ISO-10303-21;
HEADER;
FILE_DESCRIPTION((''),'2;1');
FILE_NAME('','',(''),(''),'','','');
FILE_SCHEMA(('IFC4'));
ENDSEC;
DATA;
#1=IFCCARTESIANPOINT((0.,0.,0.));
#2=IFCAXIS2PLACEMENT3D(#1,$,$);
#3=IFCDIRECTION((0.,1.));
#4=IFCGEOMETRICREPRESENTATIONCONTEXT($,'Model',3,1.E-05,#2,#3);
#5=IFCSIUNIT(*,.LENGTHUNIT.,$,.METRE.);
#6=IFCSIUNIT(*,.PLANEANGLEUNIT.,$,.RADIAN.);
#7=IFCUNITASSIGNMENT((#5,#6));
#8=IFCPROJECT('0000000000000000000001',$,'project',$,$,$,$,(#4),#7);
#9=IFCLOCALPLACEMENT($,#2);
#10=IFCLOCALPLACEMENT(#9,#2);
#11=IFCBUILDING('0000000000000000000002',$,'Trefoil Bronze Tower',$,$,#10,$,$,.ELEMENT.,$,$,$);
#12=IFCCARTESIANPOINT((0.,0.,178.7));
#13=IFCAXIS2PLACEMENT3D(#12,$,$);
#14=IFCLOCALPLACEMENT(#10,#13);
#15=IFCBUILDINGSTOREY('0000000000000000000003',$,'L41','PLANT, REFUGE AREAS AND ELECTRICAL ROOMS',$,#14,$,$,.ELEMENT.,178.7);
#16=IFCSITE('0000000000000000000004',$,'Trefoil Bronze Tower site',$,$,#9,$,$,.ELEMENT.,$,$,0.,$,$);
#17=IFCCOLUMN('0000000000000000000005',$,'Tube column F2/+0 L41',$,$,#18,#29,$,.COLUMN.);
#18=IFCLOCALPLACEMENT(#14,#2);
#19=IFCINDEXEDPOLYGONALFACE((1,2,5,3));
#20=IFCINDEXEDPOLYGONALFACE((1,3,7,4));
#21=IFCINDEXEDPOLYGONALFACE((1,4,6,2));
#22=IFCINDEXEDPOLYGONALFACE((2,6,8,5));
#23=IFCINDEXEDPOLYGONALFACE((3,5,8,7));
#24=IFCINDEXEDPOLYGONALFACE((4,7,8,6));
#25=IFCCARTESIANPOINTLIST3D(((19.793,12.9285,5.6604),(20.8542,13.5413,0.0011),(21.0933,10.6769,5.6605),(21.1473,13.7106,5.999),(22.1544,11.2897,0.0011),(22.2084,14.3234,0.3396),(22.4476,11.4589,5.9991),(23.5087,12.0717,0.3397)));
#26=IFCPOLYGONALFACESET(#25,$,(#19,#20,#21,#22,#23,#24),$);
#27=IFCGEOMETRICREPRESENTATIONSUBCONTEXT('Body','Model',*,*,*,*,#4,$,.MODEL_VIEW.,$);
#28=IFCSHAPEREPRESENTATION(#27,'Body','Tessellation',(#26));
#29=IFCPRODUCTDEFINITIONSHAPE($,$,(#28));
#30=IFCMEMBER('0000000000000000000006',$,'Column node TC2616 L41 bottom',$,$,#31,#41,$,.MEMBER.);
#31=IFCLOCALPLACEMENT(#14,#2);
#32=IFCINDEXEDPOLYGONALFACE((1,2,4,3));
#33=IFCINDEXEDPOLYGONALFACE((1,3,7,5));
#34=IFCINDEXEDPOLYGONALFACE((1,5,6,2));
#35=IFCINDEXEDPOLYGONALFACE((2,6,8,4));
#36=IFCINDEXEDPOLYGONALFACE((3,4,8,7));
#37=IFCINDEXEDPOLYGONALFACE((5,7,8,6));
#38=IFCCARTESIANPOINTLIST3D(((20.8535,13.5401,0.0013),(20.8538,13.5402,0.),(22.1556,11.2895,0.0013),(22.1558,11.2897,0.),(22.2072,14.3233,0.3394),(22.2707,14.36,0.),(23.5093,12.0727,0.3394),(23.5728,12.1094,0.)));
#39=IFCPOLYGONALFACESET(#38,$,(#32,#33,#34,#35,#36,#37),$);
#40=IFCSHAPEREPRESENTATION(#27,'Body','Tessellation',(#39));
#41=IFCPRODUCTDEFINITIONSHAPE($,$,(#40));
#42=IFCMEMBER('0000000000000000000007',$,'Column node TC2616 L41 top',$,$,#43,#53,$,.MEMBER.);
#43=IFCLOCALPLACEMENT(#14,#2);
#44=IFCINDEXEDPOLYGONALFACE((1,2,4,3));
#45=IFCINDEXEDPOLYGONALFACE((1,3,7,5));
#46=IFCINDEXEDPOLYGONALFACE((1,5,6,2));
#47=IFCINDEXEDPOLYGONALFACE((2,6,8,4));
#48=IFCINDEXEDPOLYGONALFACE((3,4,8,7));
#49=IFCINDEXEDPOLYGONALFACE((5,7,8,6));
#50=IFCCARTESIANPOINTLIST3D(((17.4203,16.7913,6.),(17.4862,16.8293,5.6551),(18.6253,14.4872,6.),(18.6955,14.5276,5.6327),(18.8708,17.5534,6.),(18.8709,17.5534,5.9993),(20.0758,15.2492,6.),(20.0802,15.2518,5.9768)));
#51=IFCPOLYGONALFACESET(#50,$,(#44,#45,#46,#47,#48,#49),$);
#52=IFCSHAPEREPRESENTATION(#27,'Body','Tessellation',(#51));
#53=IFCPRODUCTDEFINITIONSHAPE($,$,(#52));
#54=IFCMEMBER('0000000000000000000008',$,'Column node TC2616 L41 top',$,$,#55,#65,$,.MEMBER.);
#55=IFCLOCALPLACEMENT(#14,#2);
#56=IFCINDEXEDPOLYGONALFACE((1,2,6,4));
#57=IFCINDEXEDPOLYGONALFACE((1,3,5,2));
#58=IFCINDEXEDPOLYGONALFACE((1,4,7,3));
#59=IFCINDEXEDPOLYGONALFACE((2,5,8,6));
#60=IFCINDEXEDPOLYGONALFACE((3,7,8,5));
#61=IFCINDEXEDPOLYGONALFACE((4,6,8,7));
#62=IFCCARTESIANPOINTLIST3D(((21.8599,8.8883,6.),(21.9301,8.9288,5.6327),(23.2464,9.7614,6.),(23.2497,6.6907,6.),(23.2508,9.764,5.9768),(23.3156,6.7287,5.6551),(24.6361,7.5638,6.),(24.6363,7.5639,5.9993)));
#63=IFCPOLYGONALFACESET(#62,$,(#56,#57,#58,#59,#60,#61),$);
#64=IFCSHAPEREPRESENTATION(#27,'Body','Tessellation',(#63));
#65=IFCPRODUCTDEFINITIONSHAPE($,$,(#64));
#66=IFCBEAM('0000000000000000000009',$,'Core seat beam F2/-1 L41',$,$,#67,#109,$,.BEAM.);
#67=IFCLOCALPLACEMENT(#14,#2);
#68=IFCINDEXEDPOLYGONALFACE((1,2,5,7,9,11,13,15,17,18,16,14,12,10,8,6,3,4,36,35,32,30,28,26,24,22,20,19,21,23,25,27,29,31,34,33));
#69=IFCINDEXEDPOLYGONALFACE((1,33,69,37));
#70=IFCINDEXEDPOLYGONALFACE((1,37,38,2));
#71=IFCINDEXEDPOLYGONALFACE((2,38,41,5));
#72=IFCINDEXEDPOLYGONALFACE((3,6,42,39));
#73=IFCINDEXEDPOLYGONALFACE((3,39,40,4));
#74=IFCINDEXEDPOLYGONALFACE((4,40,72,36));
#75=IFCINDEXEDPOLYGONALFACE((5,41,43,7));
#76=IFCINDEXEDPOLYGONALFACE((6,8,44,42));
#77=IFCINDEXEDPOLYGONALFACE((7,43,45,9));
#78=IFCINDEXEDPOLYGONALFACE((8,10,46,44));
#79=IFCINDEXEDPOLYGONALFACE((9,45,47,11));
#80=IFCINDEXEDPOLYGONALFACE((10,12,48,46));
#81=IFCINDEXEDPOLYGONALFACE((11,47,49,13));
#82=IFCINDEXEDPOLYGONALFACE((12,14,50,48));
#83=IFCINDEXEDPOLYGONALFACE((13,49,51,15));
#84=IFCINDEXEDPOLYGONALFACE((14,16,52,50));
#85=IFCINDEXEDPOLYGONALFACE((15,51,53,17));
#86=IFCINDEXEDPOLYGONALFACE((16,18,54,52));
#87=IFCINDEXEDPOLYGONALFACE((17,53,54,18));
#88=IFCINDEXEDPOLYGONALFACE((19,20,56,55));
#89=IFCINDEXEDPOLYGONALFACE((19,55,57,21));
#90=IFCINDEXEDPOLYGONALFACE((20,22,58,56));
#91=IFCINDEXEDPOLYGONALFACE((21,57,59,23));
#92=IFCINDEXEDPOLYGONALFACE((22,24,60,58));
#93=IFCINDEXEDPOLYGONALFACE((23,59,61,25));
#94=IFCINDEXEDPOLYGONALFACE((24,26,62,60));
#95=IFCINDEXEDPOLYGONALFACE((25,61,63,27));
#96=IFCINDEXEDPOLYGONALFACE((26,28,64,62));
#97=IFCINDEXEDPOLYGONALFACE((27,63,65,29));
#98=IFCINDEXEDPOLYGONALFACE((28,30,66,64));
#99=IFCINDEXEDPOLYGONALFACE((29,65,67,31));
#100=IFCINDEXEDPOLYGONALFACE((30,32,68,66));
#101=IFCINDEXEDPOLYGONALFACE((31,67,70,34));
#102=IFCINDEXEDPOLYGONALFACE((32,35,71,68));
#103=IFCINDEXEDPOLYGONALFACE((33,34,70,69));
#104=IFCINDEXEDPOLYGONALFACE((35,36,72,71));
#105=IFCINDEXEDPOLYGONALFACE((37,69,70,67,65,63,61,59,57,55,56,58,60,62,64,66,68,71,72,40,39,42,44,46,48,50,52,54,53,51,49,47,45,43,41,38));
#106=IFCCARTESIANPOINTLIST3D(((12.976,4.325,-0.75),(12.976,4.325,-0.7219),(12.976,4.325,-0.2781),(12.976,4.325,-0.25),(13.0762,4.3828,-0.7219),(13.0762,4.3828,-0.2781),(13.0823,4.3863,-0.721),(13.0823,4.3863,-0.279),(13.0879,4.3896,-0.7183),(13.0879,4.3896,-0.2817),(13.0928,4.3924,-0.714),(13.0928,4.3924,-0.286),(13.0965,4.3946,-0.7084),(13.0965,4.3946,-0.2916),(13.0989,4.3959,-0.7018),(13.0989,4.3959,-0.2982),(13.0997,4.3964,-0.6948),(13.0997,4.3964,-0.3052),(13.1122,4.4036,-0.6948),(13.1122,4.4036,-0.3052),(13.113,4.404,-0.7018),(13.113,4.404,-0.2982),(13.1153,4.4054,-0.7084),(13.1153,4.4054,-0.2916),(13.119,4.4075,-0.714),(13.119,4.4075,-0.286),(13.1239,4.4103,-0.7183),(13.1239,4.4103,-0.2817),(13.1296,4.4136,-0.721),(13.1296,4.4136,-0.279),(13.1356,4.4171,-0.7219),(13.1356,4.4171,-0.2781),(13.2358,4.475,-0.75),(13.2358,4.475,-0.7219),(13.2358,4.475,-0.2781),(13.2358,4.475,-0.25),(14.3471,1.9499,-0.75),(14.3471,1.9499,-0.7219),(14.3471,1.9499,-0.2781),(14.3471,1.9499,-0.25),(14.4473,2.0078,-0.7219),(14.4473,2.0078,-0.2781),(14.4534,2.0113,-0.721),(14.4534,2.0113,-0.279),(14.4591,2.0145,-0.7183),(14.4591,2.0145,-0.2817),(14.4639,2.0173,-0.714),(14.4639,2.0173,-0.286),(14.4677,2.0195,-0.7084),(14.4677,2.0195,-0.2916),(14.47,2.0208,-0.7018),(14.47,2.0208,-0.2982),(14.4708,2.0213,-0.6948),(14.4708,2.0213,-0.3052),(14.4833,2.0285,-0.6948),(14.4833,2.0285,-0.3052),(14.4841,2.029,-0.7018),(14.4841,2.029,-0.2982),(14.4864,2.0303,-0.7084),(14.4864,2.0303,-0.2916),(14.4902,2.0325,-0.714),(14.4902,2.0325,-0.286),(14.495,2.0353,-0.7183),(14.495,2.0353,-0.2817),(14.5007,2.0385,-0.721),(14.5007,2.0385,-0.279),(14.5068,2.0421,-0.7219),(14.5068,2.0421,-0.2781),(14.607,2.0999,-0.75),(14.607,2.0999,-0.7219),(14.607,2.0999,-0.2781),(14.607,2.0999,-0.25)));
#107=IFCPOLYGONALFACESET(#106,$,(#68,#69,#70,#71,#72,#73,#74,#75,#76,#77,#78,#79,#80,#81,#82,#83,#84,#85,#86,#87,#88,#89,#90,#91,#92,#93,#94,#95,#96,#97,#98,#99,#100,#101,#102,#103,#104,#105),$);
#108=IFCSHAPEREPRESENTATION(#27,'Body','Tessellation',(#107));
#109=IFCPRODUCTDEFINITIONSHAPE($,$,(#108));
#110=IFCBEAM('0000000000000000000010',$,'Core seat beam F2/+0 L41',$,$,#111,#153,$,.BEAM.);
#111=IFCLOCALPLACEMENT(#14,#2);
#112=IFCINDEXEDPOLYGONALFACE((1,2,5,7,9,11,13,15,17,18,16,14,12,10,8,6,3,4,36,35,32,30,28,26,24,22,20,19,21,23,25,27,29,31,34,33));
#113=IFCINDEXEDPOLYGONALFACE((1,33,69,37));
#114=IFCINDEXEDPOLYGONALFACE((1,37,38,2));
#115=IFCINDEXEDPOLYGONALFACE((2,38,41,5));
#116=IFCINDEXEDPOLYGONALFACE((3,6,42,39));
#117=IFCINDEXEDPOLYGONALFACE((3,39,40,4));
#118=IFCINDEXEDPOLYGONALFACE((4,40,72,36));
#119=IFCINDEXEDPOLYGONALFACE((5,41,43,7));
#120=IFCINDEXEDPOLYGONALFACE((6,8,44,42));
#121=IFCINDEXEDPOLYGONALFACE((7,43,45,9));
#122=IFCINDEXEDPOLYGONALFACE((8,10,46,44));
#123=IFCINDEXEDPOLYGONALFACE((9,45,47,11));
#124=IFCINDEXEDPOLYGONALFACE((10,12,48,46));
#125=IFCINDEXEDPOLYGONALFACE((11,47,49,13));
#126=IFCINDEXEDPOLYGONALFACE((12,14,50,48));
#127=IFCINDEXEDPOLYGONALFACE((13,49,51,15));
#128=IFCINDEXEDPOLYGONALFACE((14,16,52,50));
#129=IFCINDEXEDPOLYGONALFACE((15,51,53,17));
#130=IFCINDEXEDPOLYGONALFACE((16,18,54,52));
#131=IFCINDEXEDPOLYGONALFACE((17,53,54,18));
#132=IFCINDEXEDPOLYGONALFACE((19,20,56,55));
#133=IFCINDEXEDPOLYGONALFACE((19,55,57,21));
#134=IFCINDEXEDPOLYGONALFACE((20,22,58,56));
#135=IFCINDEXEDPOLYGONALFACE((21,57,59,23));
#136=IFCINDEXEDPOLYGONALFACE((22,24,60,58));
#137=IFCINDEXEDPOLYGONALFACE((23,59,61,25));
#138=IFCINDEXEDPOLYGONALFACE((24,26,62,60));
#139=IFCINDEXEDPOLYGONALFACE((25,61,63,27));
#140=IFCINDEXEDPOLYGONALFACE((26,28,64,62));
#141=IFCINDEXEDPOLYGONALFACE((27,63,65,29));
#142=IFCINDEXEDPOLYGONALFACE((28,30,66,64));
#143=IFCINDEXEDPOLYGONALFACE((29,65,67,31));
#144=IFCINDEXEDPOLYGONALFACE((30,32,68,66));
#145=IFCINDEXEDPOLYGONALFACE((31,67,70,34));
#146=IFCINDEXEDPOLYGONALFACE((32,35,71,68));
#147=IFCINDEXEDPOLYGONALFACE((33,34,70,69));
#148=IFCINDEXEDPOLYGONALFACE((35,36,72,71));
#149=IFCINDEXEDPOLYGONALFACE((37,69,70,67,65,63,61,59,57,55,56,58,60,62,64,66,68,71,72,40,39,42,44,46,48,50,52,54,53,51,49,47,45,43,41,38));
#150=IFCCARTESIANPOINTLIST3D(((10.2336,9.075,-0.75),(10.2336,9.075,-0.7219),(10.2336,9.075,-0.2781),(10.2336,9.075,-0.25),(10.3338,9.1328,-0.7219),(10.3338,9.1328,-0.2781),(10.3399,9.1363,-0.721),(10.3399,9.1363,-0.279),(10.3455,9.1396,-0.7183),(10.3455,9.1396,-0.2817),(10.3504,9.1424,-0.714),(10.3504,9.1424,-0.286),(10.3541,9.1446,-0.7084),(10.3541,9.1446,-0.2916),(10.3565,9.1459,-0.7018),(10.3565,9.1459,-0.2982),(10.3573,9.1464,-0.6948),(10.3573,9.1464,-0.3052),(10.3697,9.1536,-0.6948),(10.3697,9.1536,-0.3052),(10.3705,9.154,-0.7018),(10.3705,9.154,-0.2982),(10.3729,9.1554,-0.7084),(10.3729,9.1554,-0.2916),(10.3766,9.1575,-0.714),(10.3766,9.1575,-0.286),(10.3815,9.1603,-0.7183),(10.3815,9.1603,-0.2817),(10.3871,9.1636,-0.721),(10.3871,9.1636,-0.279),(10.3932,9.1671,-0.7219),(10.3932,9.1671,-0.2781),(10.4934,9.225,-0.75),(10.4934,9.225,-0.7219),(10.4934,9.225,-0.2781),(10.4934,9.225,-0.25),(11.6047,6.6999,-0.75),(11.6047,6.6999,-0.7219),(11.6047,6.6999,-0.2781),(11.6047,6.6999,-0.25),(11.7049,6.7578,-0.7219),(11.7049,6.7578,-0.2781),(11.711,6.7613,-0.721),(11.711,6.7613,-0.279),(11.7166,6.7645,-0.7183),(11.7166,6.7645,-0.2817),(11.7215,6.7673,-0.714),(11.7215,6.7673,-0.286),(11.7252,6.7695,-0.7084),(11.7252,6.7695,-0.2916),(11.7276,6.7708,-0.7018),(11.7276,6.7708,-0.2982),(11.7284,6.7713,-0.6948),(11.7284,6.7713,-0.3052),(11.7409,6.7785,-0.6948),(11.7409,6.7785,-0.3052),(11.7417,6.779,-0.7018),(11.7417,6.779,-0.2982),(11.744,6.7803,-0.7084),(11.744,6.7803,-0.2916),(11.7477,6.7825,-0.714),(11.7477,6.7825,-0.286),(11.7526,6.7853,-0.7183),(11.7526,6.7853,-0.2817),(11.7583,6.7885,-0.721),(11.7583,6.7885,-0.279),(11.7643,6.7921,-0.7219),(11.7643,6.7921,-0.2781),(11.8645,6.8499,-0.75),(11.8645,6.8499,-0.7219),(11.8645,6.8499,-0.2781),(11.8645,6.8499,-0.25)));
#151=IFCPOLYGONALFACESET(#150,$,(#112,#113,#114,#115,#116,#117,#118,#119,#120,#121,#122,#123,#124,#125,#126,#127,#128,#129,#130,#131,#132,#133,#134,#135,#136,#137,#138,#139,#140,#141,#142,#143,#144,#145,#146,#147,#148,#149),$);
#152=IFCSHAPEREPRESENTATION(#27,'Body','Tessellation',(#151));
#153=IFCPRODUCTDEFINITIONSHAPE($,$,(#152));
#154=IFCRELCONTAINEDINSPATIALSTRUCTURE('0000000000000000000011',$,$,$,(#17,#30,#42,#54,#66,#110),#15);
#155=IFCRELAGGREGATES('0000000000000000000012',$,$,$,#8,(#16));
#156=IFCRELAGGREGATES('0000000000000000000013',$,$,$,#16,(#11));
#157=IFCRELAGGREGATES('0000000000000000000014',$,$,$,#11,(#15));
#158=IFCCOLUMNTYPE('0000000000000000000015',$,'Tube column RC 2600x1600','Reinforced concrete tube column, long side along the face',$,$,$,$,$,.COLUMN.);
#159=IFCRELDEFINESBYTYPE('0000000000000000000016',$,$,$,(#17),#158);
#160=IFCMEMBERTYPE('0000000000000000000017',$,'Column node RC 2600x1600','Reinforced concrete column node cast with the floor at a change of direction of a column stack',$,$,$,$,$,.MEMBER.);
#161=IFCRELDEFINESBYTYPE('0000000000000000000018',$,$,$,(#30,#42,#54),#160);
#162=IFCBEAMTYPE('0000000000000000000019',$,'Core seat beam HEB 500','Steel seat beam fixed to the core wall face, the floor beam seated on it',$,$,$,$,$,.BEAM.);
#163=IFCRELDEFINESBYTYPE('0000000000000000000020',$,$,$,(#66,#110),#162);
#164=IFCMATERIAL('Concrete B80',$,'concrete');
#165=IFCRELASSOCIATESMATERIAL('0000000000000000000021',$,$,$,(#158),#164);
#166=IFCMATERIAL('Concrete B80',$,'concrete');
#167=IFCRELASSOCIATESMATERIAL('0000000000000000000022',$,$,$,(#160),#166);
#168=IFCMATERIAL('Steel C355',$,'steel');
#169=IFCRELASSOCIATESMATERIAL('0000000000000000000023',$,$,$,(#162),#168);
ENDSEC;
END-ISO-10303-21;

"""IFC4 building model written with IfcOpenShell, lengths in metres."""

from ifc_helpers import new_model, si_unit, direction, frame, origin, origin_2d, place, context, subcontext, project, spatial, rectangle, i_section, extrude, clip, halfspace, material, material_profile, profile_set, type_object, element, save


model = new_model("IFC4")

# Units and contexts
model_context = context("Model", 3, precision=1e-05, world=origin(), true_north=direction((0.0, 1.0)))
body_context = subcontext(model_context, "Body", "Model", "MODEL_VIEW")
ifc_project = project(units=[si_unit("LENGTHUNIT", "METRE"), si_unit("PLANEANGLEUNIT", "RADIAN")], contexts=[model_context])

# Site, building, storey
site_placement = place(None, origin())
site = spatial("IfcSite", under=ifc_project, at=site_placement, Name="Trefoil Bronze Tower site", CompositionType="ELEMENT", RefElevation=0.0)
building_placement = place(site_placement, origin())
building = spatial("IfcBuilding", under=site, at=building_placement, Name="Trefoil Bronze Tower", CompositionType="ELEMENT")
storey_placement = place(building_placement, frame((0.0, 0.0, 178.7)))
storey = spatial("IfcBuildingStorey", under=building, at=storey_placement, Name="L41", Description="PLANT, REFUGE AREAS AND ELECTRICAL ROOMS", CompositionType="ELEMENT", Elevation=178.7)

# Column
ifc_material_1 = material(Name="Concrete B80", Category="concrete")
ifc_material_profile_1 = material_profile(ifc_material_1, rectangle(XDim=2.6001, YDim=1.6001, at=origin_2d()), Name="RC 2600x1600")
ifc_profile_set_1 = profile_set([ifc_material_profile_1], Name="Concrete B80")
column_type = type_object("IfcColumnType", Name="Tube column RC 2600x1600", Description="Reinforced concrete tube column, long side along the face", PredefinedType="COLUMN", material=ifc_profile_set_1)
column_placement = place(storey_placement, frame((22.2134, 12.825, 0.0), z_axis=(-0.183254, -0.105824, 0.977353), x_axis=(-0.50008, 0.865979, 0.0)))
element("IfcColumn", 1, at=column_placement, inside=storey, type_object=column_type, Name="Tube column F2/+0 L41", PredefinedType="COLUMN", context=body_context, shape_type="Clipping", body=[
    clip(clip(extrude(rectangle(XDim=2.6001, YDim=1.6001, at=origin_2d()), origin(), (0.0, 0.0, 1.0), 6.1389), halfspace(frame((0.0, 0.0002, 0.1743), z_axis=(0.00002, -0.000011, 1.0), x_axis=(0.0, 1.0, 0.000011)), True)), halfspace(frame((0.0, 0.0, 5.9648), z_axis=(-0.00002, 0.000011, -1.0), x_axis=(0.0, -1.0, -0.000011)), True)),
])

# Members
ifc_material_2 = material(Name="Concrete B80", Category="concrete")
ifc_material_profile_2 = material_profile(ifc_material_2, rectangle(XDim=2.6001, YDim=1.6001, at=origin_2d()), Name="RC 2600x1600")
ifc_profile_set_2 = profile_set([ifc_material_profile_2], Name="Concrete B80")
member_type = type_object("IfcMemberType", Name="Column node RC 2600x1600", Description="Reinforced concrete column node cast with the floor at a change of direction of a column stack", PredefinedType="MEMBER", material=ifc_profile_set_2)
member_1_placement = place(storey_placement, frame((22.2451, 12.8433, -0.1702), z_axis=(-0.182873, -0.1058, 0.977427), x_axis=(-0.500775, 0.865578, 0.0)))
element("IfcMember", 2, at=member_1_placement, inside=storey, type_object=member_type, Name="Column node TC2616 L41 bottom", PredefinedType="MEMBER", context=body_context, shape_type="Clipping", body=[
    clip(extrude(rectangle(XDim=2.6001, YDim=1.6001, at=origin_2d()), origin(), (0.0, 0.0, 1.0), 0.3484), halfspace(frame((0.0, 0.0, 0.1741), z_axis=(0.0, -0.211273, 0.977427), x_axis=(0.0, 0.977427, 0.211273)), True)),
])
member_2_placement = place(storey_placement, frame((18.7129, 16.0, 6.1841), z_axis=(0.186504, 0.107499, -0.976555), x_axis=(0.465095, -0.885219, -0.00862)))
element("IfcMember", 3, at=member_2_placement, inside=storey, type_object=member_type, Name="Column node TC2616 L41 top", PredefinedType="MEMBER", context=body_context, shape_type="Clipping", body=[
    clip(extrude(rectangle(XDim=2.6001, YDim=1.6001, at=origin_2d()), origin(), (0.0, 0.0, 1.0), 0.377), halfspace(frame((0.0, 0.0, 0.1885), z_axis=(0.00862, 0.215094, 0.976555), x_axis=(0.0, 0.976592, -0.215102)), True)),
])
member_3_placement = place(storey_placement, frame((23.2129, 8.2058, 6.1841), z_axis=(0.186504, 0.107499, -0.976555), x_axis=(0.532855, -0.846163, 0.00862)))
element("IfcMember", 4, at=member_3_placement, inside=storey, type_object=member_type, Name="Column node TC2616 L41 top", PredefinedType="MEMBER", context=body_context, shape_type="Clipping", body=[
    clip(extrude(rectangle(XDim=2.6001, YDim=1.6001, at=origin_2d()), origin(), (0.0, 0.0, 1.0), 0.377), halfspace(frame((0.0, 0.0, 0.1885), z_axis=(-0.00862, 0.215094, 0.976555), x_axis=(0.0, 0.976592, -0.215102)), True)),
])

# Beams
ifc_material_3 = material(Name="Steel C355", Category="steel")
ifc_material_profile_3 = material_profile(ifc_material_3, i_section(OverallWidth=0.3, OverallDepth=0.5, WebThickness=0.0144, FlangeThickness=0.0281, FilletRadius=0.0271, at=origin_2d()), Name="HEB 500")
ifc_profile_set_3 = profile_set([ifc_material_profile_3], Name="Steel C355")
beam_type_1 = type_object("IfcBeamType", Name="Core seat beam HEB 500", Description="Steel seat beam fixed to the core wall face, the floor beam seated on it", PredefinedType="BEAM", material=ifc_profile_set_3)
for number, where, z_axis, x_axis, name in (
    (5, (14.4771, 2.0249, -0.5), (-0.499969, 0.866043, 0.0), (-0.866043, -0.499969, 0.0), "Core seat beam F2/-1 L41"),
    (6, (11.7346, 6.7749, -0.5), (-0.499969, 0.866043, 0.0), (-0.866043, -0.499969, 0.0), "Core seat beam F2/+0 L41"),
):
    element("IfcBeam", number, at=place(storey_placement, frame(where, z_axis=z_axis, x_axis=x_axis)), inside=storey, type_object=beam_type_1, Name=name, PredefinedType="BEAM", context=body_context, shape_type="SweptSolid", body=[
        extrude(i_section(OverallWidth=0.3, OverallDepth=0.5, WebThickness=0.0144, FlangeThickness=0.0281, FilletRadius=0.0271, at=origin_2d()), origin(), (0.0, 0.0, 1.0), 2.7424),
    ])

save(model, "model.ifc")
